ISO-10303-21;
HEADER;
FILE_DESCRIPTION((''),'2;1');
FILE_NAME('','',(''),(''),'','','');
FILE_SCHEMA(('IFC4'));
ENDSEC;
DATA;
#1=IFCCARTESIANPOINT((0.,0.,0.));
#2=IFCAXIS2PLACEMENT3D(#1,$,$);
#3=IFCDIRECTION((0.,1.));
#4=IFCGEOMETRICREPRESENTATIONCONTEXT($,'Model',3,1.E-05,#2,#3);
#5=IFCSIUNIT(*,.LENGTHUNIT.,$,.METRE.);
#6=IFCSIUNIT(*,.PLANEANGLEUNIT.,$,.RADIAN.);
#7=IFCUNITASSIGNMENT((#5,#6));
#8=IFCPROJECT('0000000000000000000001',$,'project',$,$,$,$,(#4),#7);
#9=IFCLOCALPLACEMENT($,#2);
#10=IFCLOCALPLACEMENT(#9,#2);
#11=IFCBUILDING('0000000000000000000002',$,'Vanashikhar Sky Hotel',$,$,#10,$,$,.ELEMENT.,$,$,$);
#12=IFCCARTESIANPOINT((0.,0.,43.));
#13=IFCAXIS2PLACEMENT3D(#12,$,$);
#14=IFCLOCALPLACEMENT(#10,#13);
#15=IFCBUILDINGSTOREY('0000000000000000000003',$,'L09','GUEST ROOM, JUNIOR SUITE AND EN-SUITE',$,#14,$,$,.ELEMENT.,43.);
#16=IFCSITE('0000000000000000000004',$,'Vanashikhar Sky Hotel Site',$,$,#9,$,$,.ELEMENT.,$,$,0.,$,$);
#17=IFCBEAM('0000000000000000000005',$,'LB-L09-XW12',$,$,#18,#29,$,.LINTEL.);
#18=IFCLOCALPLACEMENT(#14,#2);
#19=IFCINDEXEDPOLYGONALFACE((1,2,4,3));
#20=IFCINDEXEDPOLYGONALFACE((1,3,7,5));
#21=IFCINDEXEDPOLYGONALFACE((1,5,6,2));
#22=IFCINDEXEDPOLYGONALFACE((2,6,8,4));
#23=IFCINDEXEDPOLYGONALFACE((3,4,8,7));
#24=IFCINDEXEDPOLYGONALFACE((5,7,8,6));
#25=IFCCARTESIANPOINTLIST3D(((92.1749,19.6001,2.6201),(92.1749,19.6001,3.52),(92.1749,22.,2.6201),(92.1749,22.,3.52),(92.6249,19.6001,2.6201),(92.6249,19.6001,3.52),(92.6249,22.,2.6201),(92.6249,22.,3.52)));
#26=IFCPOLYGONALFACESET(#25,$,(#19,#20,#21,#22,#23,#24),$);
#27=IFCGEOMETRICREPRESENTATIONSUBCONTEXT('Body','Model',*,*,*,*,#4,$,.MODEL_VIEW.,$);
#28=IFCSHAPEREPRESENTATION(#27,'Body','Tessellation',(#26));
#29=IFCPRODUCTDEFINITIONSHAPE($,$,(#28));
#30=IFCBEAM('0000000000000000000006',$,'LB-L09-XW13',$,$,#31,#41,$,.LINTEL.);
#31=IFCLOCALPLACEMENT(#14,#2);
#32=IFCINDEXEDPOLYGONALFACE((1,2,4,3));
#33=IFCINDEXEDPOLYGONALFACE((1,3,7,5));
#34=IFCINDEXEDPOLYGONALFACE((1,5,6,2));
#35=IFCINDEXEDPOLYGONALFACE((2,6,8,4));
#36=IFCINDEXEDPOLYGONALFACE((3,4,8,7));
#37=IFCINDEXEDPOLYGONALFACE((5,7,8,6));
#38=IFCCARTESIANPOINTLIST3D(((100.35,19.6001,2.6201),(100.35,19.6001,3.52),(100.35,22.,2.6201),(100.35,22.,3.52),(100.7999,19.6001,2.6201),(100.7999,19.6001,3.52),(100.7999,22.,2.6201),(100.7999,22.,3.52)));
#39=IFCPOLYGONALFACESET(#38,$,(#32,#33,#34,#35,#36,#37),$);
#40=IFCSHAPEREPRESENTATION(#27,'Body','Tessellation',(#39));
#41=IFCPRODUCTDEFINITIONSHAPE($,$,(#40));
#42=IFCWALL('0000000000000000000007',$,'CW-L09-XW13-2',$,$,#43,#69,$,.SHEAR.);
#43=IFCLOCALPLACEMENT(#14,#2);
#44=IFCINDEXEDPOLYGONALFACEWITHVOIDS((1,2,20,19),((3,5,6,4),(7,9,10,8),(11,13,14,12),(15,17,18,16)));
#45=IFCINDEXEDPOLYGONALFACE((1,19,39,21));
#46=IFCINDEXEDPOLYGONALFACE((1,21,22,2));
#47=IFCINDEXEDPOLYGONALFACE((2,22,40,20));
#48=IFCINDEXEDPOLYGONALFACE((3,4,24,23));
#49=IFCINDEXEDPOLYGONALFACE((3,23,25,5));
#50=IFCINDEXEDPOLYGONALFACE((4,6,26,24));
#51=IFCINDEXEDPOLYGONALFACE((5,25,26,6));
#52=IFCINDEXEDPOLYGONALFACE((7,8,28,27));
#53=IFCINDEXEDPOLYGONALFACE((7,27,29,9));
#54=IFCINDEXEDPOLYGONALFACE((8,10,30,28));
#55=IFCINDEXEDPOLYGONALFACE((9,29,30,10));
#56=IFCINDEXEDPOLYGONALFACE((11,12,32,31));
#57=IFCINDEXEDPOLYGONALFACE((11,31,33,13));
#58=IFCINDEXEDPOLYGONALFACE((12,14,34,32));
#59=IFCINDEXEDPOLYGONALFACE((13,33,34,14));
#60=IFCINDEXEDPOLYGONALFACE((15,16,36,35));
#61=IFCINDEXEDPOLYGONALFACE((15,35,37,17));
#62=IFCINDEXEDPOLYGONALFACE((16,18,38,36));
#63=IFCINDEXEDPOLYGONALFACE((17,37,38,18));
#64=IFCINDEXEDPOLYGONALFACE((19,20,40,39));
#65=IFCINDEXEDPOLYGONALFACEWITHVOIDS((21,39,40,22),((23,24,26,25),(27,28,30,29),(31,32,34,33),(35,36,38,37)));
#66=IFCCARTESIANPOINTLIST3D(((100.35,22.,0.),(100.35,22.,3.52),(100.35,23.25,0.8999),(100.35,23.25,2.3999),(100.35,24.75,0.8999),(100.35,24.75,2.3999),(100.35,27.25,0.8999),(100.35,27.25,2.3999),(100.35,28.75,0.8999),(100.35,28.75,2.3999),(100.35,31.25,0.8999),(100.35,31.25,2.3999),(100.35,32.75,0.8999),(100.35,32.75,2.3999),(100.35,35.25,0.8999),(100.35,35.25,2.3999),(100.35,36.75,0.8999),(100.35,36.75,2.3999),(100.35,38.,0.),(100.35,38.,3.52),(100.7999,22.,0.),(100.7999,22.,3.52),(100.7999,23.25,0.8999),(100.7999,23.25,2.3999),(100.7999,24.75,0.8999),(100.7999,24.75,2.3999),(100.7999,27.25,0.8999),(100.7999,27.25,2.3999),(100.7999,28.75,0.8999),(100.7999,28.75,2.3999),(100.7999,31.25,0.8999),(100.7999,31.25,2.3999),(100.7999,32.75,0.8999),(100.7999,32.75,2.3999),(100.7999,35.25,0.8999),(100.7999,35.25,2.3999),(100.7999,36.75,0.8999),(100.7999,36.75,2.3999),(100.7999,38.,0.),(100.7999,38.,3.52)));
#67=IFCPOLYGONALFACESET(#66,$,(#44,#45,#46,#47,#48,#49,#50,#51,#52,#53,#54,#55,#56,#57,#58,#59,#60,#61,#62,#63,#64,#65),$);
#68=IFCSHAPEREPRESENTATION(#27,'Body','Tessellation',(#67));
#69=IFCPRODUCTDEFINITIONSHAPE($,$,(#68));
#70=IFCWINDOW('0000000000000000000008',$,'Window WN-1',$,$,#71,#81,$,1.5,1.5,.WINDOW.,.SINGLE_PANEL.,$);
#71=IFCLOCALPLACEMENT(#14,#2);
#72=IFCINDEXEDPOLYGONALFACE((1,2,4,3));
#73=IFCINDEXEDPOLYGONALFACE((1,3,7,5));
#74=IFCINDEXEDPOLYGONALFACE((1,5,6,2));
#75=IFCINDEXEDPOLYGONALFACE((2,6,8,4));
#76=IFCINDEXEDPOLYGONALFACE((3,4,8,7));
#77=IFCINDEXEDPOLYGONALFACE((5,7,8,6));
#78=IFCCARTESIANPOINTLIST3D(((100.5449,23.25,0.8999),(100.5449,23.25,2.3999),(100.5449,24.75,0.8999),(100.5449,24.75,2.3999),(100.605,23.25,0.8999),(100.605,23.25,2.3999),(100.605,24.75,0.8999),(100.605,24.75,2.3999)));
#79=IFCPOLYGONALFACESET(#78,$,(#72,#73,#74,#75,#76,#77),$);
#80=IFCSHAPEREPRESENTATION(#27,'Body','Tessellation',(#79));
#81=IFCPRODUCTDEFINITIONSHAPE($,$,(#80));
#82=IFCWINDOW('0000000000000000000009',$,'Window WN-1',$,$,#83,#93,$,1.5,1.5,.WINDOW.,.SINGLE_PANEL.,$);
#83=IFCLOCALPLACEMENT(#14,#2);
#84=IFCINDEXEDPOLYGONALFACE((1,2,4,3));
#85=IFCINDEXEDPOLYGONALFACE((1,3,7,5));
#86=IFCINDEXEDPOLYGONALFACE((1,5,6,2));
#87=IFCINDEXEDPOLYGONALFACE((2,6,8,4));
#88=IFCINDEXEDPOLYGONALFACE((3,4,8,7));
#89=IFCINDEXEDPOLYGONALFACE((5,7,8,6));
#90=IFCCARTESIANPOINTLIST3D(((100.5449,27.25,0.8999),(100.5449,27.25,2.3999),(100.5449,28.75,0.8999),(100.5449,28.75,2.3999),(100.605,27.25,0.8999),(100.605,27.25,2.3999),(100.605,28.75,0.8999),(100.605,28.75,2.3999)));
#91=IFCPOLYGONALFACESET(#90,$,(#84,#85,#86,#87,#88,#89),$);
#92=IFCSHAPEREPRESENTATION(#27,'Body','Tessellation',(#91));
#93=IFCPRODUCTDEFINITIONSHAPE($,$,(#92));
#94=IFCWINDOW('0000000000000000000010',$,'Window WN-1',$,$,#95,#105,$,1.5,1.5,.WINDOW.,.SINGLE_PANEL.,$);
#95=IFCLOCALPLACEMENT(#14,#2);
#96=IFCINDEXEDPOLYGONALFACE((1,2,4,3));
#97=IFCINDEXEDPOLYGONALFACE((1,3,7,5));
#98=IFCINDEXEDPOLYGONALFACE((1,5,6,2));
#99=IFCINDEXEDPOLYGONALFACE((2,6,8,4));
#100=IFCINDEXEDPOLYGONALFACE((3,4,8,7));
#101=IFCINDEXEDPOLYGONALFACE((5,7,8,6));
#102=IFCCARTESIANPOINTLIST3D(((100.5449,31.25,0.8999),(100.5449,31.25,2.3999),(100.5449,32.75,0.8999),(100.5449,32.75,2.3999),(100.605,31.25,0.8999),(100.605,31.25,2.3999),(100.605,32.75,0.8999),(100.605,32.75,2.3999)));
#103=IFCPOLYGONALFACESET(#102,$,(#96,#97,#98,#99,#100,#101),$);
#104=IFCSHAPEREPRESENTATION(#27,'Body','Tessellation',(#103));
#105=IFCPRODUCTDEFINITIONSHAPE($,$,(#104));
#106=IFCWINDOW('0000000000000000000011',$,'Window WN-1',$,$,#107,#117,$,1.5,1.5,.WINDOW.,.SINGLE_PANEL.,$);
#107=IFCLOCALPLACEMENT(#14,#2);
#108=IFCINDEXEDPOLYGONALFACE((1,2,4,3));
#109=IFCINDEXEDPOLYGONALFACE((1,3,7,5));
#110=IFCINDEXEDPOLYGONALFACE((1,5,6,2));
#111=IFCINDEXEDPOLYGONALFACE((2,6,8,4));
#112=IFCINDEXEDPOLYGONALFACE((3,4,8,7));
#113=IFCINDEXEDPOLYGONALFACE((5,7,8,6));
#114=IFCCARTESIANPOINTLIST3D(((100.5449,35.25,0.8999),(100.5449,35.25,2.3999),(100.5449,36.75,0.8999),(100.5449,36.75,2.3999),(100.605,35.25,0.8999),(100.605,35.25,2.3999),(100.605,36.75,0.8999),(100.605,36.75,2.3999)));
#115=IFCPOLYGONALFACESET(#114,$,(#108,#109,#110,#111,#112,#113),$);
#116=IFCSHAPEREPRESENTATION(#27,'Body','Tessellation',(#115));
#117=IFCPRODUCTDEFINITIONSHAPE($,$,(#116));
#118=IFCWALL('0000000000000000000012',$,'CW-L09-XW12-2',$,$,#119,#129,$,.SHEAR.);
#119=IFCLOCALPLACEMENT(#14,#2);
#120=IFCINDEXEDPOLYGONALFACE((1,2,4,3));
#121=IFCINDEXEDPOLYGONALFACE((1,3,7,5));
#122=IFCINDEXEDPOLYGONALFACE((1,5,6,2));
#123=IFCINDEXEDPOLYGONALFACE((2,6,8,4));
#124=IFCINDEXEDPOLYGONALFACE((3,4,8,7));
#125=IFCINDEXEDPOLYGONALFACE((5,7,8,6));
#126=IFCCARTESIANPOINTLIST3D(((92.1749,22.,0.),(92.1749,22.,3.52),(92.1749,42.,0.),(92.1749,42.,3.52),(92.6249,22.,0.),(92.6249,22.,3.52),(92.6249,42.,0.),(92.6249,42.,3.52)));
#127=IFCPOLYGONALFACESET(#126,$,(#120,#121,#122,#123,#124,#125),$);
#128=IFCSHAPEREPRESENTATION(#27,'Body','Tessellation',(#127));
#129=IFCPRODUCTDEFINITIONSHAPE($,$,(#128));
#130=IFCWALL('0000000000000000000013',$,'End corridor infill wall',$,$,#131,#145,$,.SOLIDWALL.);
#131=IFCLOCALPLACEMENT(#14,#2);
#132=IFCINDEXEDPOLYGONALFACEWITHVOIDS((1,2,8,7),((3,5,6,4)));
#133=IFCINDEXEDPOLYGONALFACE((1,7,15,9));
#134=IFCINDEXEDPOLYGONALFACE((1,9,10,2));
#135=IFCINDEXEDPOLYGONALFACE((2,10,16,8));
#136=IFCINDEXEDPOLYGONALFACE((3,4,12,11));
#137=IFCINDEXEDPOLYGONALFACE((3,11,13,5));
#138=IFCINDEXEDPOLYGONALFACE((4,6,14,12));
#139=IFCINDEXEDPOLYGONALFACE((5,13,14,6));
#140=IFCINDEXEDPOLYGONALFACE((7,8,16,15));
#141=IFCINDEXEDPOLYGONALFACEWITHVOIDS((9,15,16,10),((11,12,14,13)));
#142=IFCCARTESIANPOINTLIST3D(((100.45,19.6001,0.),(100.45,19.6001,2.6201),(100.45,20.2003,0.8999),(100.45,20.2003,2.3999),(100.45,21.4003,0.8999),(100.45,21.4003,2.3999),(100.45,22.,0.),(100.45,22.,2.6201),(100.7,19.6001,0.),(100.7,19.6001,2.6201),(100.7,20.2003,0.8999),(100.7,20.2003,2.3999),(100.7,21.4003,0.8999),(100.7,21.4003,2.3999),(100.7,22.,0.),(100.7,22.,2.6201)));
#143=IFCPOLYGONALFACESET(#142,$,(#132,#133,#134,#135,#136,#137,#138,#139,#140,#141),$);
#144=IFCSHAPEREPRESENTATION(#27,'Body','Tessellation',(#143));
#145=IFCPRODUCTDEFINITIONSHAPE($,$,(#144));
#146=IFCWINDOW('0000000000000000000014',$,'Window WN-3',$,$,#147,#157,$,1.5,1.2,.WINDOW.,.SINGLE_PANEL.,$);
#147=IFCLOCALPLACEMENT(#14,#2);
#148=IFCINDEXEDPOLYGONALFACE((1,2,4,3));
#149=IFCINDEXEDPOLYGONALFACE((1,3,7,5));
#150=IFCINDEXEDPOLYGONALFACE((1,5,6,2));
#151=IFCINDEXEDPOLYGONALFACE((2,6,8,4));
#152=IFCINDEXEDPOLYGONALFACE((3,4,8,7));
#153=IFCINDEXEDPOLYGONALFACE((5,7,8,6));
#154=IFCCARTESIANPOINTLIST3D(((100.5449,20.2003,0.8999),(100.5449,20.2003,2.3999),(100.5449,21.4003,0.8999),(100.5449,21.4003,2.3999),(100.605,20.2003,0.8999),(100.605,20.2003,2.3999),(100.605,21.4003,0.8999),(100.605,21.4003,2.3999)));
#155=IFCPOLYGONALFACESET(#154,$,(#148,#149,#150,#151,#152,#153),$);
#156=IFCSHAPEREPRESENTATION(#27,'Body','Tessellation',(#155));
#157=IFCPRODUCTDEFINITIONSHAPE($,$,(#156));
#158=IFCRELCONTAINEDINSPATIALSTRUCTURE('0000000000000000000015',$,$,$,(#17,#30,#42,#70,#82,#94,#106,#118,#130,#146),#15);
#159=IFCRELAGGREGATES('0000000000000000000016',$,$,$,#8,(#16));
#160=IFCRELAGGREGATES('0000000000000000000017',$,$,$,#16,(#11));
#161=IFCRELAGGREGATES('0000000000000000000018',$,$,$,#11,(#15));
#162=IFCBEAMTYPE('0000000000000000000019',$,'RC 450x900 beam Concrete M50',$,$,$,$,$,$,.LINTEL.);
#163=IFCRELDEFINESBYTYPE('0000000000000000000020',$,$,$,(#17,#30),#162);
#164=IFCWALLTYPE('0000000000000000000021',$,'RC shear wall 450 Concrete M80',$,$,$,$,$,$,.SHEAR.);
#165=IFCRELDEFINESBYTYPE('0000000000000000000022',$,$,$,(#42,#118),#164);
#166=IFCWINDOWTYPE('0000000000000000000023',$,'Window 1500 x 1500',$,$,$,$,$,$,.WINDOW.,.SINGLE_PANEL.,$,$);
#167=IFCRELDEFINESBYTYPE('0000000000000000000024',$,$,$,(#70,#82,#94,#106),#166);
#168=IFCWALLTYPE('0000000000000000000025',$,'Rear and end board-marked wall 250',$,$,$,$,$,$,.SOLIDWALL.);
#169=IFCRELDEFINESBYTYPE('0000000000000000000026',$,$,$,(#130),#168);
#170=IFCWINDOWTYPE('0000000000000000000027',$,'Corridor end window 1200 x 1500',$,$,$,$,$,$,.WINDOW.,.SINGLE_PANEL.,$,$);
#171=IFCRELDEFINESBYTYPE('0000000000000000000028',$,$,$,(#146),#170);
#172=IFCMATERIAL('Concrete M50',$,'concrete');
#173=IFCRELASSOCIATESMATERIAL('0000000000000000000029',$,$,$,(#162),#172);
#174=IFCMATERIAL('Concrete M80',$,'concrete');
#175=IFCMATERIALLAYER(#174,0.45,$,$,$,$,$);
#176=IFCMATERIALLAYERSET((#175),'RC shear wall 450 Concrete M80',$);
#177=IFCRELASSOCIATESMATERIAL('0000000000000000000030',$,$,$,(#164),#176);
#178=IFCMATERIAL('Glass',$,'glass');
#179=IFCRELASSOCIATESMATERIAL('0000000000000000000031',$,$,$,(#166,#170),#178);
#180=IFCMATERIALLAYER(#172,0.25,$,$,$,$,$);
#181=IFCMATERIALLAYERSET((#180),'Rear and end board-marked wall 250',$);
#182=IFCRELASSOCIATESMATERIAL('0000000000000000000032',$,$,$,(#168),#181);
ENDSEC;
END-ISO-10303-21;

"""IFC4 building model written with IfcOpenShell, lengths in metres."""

from ifc_helpers import new_model, si_unit, direction, frame, frame_2d, origin, origin_2d, place, context, subcontext, project, spatial, rectangle, extrude, source, transform, mapped, material, layer, layer_set, material_profile, profile_set, type_object, element, fill, save


model = new_model("IFC4")

# Units and contexts
model_context = context("Model", 3, precision=1e-05, world=origin(), true_north=direction((0.0, 1.0)))
body_context = subcontext(model_context, "Body", "Model", "MODEL_VIEW")
ifc_project = project(units=[si_unit("LENGTHUNIT", "METRE"), si_unit("PLANEANGLEUNIT", "RADIAN")], contexts=[model_context])

# Site, building, storey
site_placement = place(None, origin())
site = spatial("IfcSite", under=ifc_project, at=site_placement, Name="Vanashikhar Sky Hotel Site", CompositionType="ELEMENT", RefElevation=0.0)
building_placement = place(site_placement, origin())
building = spatial("IfcBuilding", under=site, at=building_placement, Name="Vanashikhar Sky Hotel", CompositionType="ELEMENT")
storey_placement = place(building_placement, frame((0.0, 0.0, 43.0)))
storey = spatial("IfcBuildingStorey", under=building, at=storey_placement, Name="L09", Description="GUEST ROOM, JUNIOR SUITE AND EN-SUITE", CompositionType="ELEMENT", Elevation=43.0)

# Beams
ifc_material_1 = material(Name="Concrete M50", Category="concrete")
ifc_material_profile = material_profile(ifc_material_1, rectangle(XDim=0.45, YDim=0.8999, at=origin_2d()))
ifc_profile_set = profile_set([ifc_material_profile], Name="RC 450x900 beam Concrete M50")
beam_type = type_object("IfcBeamType", Name="RC 450x900 beam Concrete M50", PredefinedType="LINTEL", material=ifc_profile_set)
shared_shape_1 = source(origin(), body_context, "Body", "SweptSolid", [
    extrude(rectangle(XDim=0.45, YDim=0.8999, at=origin_2d()), origin(), (0.0, 0.0, 1.0), 2.3999),
])
for number, where, z_axis, x_axis, name in (
    (1, (92.3999, 19.6001, 3.0701), (0.0, 1.0, 0.0), (-1.0, 0.0, 0.0), "LB-L09-XW12"),
    (2, (100.575, 19.6001, 3.0701), (0.0, 1.0, 0.0), (-1.0, 0.0, 0.0), "LB-L09-XW13"),
):
    element("IfcBeam", number, at=place(storey_placement, frame(where, z_axis=z_axis, x_axis=x_axis)), inside=storey, type_object=beam_type, Name=name, PredefinedType="LINTEL", context=body_context, shape_type="MappedRepresentation", body=[
        mapped(shared_shape_1, transform((0.0, 0.0, 0.0), scale=1.0)),
    ])

# Wall, openings, windows
ifc_material_2 = material(Name="Concrete M80", Category="concrete")
ifc_layer_1 = layer(ifc_material_2, 0.45)
ifc_layer_set_1 = layer_set([ifc_layer_1], Name="RC shear wall 450 Concrete M80")
wall_type_1 = type_object("IfcWallType", Name="RC shear wall 450 Concrete M80", PredefinedType="SHEAR", material=ifc_layer_set_1)
shared_shape_2 = source(origin(), body_context, "Body", "SweptSolid", [
    extrude(rectangle(XDim=16.0, YDim=0.45, at=frame_2d((8.0, 0.0))), origin(), (0.0, 0.0, 1.0), 3.52),
])
wall_1_placement = place(storey_placement, frame((100.575, 22.0, 0.0), z_axis=(0.0, 0.0, 1.0), x_axis=(0.0, 1.0, 0.0)))
wall_1 = element("IfcWall", 3, at=wall_1_placement, inside=storey, type_object=wall_type_1, Name="CW-L09-XW13-2", PredefinedType="SHEAR", context=body_context, shape_type="MappedRepresentation", body=[
    mapped(shared_shape_2, transform((0.0, 0.0, 0.0), scale=1.0)),
])
shared_shape_3 = source(origin(), body_context, "Body", "SweptSolid", [
    extrude(rectangle(XDim=1.5, YDim=1.5, at=frame_2d((0.75, 0.75))), frame((0.0, 0.2349, 0.0), z_axis=(0.0, -1.0, 0.0), x_axis=(1.0, 0.0, 0.0)), (0.0, 0.0, 1.0), 0.47),
])
opening_1_placement = place(wall_1_placement, frame((1.25, 0.0, 0.8999)))
opening_1 = element("IfcOpeningElement", 4, at=opening_1_placement, cuts=wall_1, PredefinedType="OPENING", context=body_context, shape_type="MappedRepresentation", body=[
    mapped(shared_shape_3, transform((0.0, 0.0, 0.0), scale=1.0)),
])
opening_2_placement = place(wall_1_placement, frame((5.25, 0.0, 0.8999)))
opening_2 = element("IfcOpeningElement", 5, at=opening_2_placement, cuts=wall_1, PredefinedType="OPENING", context=body_context, shape_type="MappedRepresentation", body=[
    mapped(shared_shape_3, transform((0.0, 0.0, 0.0), scale=1.0)),
])
opening_3_placement = place(wall_1_placement, frame((9.25, 0.0, 0.8999)))
opening_3 = element("IfcOpeningElement", 6, at=opening_3_placement, cuts=wall_1, PredefinedType="OPENING", context=body_context, shape_type="MappedRepresentation", body=[
    mapped(shared_shape_3, transform((0.0, 0.0, 0.0), scale=1.0)),
])
opening_4_placement = place(wall_1_placement, frame((13.25, 0.0, 0.8999)))
opening_4 = element("IfcOpeningElement", 7, at=opening_4_placement, cuts=wall_1, PredefinedType="OPENING", context=body_context, shape_type="MappedRepresentation", body=[
    mapped(shared_shape_3, transform((0.0, 0.0, 0.0), scale=1.0)),
])
ifc_material_3 = material(Name="Glass", Category="glass")
window_type_1 = type_object("IfcWindowType", Name="Window 1500 x 1500", PartitioningType="SINGLE_PANEL", PredefinedType="WINDOW", material=ifc_material_3)
shared_shape_4 = source(origin(), body_context, "Body", "SweptSolid", [
    extrude(rectangle(XDim=1.5, YDim=1.5, at=frame_2d((0.75, 0.75))), frame((0.0, 0.03, 0.0), z_axis=(0.0, -1.0, 0.0), x_axis=(1.0, 0.0, 0.0)), (0.0, 0.0, 1.0), 0.0601),
])
window_1_placement = place(opening_1_placement, origin())
window_1 = element("IfcWindow", 8, at=window_1_placement, inside=storey, type_object=window_type_1, Name="Window WN-1", OverallHeight=1.5, OverallWidth=1.5, PartitioningType="SINGLE_PANEL", PredefinedType="WINDOW", context=body_context, shape_type="MappedRepresentation", body=[
    mapped(shared_shape_4, transform((0.0, 0.0, 0.0), scale=1.0)),
])
fill(opening_1, window_1)
window_2_placement = place(opening_2_placement, origin())
window_2 = element("IfcWindow", 9, at=window_2_placement, inside=storey, type_object=window_type_1, Name="Window WN-1", OverallHeight=1.5, OverallWidth=1.5, PartitioningType="SINGLE_PANEL", PredefinedType="WINDOW", context=body_context, shape_type="MappedRepresentation", body=[
    mapped(shared_shape_4, transform((0.0, 0.0, 0.0), scale=1.0)),
])
fill(opening_2, window_2)
window_3_placement = place(opening_3_placement, origin())
window_3 = element("IfcWindow", 10, at=window_3_placement, inside=storey, type_object=window_type_1, Name="Window WN-1", OverallHeight=1.5, OverallWidth=1.5, PartitioningType="SINGLE_PANEL", PredefinedType="WINDOW", context=body_context, shape_type="MappedRepresentation", body=[
    mapped(shared_shape_4, transform((0.0, 0.0, 0.0), scale=1.0)),
])
fill(opening_3, window_3)
window_4_placement = place(opening_4_placement, origin())
window_4 = element("IfcWindow", 11, at=window_4_placement, inside=storey, type_object=window_type_1, Name="Window WN-1", OverallHeight=1.5, OverallWidth=1.5, PartitioningType="SINGLE_PANEL", PredefinedType="WINDOW", context=body_context, shape_type="MappedRepresentation", body=[
    mapped(shared_shape_4, transform((0.0, 0.0, 0.0), scale=1.0)),
])
fill(opening_4, window_4)

# Wall
shared_shape_5 = source(origin(), body_context, "Body", "SweptSolid", [
    extrude(rectangle(XDim=20.0, YDim=0.45, at=frame_2d((10.0, 0.0))), origin(), (0.0, 0.0, 1.0), 3.52),
])
wall_2_placement = place(storey_placement, frame((92.3999, 22.0, 0.0), z_axis=(0.0, 0.0, 1.0), x_axis=(0.0, 1.0, 0.0)))
element("IfcWall", 12, at=wall_2_placement, inside=storey, type_object=wall_type_1, Name="CW-L09-XW12-2", PredefinedType="SHEAR", context=body_context, shape_type="MappedRepresentation", body=[
    mapped(shared_shape_5, transform((0.0, 0.0, 0.0), scale=1.0)),
])

# Wall, opening, window
ifc_layer_2 = layer(ifc_material_1, 0.25)
ifc_layer_set_2 = layer_set([ifc_layer_2], Name="Rear and end board-marked wall 250")
wall_type_2 = type_object("IfcWallType", Name="Rear and end board-marked wall 250", PredefinedType="SOLIDWALL", material=ifc_layer_set_2)
shared_shape_6 = source(origin(), body_context, "Body", "SweptSolid", [
    extrude(rectangle(XDim=2.3999, YDim=0.25, at=frame_2d((1.2, 0.0))), origin(), (0.0, 0.0, 1.0), 2.6201),
])
wall_3_placement = place(storey_placement, frame((100.575, 19.6001, 0.0), z_axis=(0.0, 0.0, 1.0), x_axis=(0.0, 1.0, 0.0)))
wall_3 = element("IfcWall", 13, at=wall_3_placement, inside=storey, type_object=wall_type_2, Name="End corridor infill wall", PredefinedType="SOLIDWALL", context=body_context, shape_type="MappedRepresentation", body=[
    mapped(shared_shape_6, transform((0.0, 0.0, 0.0), scale=1.0)),
])
shared_shape_7 = source(origin(), body_context, "Body", "SweptSolid", [
    extrude(rectangle(XDim=1.2, YDim=1.5, at=frame_2d((0.6001, 0.75))), frame((0.0, 0.135, 0.0), z_axis=(0.0, -1.0, 0.0), x_axis=(1.0, 0.0, 0.0)), (0.0, 0.0, 1.0), 0.27),
])
opening_5_placement = place(wall_3_placement, frame((0.6001, 0.0, 0.8999)))
opening_5 = element("IfcOpeningElement", 14, at=opening_5_placement, cuts=wall_3, PredefinedType="OPENING", context=body_context, shape_type="MappedRepresentation", body=[
    mapped(shared_shape_7, transform((0.0, 0.0, 0.0), scale=1.0)),
])
window_type_2 = type_object("IfcWindowType", Name="Corridor end window 1200 x 1500", PartitioningType="SINGLE_PANEL", PredefinedType="WINDOW", material=ifc_material_3)
shared_shape_8 = source(origin(), body_context, "Body", "SweptSolid", [
    extrude(rectangle(XDim=1.2, YDim=1.5, at=frame_2d((0.6001, 0.75))), frame((0.0, 0.03, 0.0), z_axis=(0.0, -1.0, 0.0), x_axis=(1.0, 0.0, 0.0)), (0.0, 0.0, 1.0), 0.0601),
])
window_5_placement = place(opening_5_placement, origin())
window_5 = element("IfcWindow", 15, at=window_5_placement, inside=storey, type_object=window_type_2, Name="Window WN-3", OverallHeight=1.5, OverallWidth=1.2, PartitioningType="SINGLE_PANEL", PredefinedType="WINDOW", context=body_context, shape_type="MappedRepresentation", body=[
    mapped(shared_shape_8, transform((0.0, 0.0, 0.0), scale=1.0)),
])
fill(opening_5, window_5)

save(model, "model.ifc")
